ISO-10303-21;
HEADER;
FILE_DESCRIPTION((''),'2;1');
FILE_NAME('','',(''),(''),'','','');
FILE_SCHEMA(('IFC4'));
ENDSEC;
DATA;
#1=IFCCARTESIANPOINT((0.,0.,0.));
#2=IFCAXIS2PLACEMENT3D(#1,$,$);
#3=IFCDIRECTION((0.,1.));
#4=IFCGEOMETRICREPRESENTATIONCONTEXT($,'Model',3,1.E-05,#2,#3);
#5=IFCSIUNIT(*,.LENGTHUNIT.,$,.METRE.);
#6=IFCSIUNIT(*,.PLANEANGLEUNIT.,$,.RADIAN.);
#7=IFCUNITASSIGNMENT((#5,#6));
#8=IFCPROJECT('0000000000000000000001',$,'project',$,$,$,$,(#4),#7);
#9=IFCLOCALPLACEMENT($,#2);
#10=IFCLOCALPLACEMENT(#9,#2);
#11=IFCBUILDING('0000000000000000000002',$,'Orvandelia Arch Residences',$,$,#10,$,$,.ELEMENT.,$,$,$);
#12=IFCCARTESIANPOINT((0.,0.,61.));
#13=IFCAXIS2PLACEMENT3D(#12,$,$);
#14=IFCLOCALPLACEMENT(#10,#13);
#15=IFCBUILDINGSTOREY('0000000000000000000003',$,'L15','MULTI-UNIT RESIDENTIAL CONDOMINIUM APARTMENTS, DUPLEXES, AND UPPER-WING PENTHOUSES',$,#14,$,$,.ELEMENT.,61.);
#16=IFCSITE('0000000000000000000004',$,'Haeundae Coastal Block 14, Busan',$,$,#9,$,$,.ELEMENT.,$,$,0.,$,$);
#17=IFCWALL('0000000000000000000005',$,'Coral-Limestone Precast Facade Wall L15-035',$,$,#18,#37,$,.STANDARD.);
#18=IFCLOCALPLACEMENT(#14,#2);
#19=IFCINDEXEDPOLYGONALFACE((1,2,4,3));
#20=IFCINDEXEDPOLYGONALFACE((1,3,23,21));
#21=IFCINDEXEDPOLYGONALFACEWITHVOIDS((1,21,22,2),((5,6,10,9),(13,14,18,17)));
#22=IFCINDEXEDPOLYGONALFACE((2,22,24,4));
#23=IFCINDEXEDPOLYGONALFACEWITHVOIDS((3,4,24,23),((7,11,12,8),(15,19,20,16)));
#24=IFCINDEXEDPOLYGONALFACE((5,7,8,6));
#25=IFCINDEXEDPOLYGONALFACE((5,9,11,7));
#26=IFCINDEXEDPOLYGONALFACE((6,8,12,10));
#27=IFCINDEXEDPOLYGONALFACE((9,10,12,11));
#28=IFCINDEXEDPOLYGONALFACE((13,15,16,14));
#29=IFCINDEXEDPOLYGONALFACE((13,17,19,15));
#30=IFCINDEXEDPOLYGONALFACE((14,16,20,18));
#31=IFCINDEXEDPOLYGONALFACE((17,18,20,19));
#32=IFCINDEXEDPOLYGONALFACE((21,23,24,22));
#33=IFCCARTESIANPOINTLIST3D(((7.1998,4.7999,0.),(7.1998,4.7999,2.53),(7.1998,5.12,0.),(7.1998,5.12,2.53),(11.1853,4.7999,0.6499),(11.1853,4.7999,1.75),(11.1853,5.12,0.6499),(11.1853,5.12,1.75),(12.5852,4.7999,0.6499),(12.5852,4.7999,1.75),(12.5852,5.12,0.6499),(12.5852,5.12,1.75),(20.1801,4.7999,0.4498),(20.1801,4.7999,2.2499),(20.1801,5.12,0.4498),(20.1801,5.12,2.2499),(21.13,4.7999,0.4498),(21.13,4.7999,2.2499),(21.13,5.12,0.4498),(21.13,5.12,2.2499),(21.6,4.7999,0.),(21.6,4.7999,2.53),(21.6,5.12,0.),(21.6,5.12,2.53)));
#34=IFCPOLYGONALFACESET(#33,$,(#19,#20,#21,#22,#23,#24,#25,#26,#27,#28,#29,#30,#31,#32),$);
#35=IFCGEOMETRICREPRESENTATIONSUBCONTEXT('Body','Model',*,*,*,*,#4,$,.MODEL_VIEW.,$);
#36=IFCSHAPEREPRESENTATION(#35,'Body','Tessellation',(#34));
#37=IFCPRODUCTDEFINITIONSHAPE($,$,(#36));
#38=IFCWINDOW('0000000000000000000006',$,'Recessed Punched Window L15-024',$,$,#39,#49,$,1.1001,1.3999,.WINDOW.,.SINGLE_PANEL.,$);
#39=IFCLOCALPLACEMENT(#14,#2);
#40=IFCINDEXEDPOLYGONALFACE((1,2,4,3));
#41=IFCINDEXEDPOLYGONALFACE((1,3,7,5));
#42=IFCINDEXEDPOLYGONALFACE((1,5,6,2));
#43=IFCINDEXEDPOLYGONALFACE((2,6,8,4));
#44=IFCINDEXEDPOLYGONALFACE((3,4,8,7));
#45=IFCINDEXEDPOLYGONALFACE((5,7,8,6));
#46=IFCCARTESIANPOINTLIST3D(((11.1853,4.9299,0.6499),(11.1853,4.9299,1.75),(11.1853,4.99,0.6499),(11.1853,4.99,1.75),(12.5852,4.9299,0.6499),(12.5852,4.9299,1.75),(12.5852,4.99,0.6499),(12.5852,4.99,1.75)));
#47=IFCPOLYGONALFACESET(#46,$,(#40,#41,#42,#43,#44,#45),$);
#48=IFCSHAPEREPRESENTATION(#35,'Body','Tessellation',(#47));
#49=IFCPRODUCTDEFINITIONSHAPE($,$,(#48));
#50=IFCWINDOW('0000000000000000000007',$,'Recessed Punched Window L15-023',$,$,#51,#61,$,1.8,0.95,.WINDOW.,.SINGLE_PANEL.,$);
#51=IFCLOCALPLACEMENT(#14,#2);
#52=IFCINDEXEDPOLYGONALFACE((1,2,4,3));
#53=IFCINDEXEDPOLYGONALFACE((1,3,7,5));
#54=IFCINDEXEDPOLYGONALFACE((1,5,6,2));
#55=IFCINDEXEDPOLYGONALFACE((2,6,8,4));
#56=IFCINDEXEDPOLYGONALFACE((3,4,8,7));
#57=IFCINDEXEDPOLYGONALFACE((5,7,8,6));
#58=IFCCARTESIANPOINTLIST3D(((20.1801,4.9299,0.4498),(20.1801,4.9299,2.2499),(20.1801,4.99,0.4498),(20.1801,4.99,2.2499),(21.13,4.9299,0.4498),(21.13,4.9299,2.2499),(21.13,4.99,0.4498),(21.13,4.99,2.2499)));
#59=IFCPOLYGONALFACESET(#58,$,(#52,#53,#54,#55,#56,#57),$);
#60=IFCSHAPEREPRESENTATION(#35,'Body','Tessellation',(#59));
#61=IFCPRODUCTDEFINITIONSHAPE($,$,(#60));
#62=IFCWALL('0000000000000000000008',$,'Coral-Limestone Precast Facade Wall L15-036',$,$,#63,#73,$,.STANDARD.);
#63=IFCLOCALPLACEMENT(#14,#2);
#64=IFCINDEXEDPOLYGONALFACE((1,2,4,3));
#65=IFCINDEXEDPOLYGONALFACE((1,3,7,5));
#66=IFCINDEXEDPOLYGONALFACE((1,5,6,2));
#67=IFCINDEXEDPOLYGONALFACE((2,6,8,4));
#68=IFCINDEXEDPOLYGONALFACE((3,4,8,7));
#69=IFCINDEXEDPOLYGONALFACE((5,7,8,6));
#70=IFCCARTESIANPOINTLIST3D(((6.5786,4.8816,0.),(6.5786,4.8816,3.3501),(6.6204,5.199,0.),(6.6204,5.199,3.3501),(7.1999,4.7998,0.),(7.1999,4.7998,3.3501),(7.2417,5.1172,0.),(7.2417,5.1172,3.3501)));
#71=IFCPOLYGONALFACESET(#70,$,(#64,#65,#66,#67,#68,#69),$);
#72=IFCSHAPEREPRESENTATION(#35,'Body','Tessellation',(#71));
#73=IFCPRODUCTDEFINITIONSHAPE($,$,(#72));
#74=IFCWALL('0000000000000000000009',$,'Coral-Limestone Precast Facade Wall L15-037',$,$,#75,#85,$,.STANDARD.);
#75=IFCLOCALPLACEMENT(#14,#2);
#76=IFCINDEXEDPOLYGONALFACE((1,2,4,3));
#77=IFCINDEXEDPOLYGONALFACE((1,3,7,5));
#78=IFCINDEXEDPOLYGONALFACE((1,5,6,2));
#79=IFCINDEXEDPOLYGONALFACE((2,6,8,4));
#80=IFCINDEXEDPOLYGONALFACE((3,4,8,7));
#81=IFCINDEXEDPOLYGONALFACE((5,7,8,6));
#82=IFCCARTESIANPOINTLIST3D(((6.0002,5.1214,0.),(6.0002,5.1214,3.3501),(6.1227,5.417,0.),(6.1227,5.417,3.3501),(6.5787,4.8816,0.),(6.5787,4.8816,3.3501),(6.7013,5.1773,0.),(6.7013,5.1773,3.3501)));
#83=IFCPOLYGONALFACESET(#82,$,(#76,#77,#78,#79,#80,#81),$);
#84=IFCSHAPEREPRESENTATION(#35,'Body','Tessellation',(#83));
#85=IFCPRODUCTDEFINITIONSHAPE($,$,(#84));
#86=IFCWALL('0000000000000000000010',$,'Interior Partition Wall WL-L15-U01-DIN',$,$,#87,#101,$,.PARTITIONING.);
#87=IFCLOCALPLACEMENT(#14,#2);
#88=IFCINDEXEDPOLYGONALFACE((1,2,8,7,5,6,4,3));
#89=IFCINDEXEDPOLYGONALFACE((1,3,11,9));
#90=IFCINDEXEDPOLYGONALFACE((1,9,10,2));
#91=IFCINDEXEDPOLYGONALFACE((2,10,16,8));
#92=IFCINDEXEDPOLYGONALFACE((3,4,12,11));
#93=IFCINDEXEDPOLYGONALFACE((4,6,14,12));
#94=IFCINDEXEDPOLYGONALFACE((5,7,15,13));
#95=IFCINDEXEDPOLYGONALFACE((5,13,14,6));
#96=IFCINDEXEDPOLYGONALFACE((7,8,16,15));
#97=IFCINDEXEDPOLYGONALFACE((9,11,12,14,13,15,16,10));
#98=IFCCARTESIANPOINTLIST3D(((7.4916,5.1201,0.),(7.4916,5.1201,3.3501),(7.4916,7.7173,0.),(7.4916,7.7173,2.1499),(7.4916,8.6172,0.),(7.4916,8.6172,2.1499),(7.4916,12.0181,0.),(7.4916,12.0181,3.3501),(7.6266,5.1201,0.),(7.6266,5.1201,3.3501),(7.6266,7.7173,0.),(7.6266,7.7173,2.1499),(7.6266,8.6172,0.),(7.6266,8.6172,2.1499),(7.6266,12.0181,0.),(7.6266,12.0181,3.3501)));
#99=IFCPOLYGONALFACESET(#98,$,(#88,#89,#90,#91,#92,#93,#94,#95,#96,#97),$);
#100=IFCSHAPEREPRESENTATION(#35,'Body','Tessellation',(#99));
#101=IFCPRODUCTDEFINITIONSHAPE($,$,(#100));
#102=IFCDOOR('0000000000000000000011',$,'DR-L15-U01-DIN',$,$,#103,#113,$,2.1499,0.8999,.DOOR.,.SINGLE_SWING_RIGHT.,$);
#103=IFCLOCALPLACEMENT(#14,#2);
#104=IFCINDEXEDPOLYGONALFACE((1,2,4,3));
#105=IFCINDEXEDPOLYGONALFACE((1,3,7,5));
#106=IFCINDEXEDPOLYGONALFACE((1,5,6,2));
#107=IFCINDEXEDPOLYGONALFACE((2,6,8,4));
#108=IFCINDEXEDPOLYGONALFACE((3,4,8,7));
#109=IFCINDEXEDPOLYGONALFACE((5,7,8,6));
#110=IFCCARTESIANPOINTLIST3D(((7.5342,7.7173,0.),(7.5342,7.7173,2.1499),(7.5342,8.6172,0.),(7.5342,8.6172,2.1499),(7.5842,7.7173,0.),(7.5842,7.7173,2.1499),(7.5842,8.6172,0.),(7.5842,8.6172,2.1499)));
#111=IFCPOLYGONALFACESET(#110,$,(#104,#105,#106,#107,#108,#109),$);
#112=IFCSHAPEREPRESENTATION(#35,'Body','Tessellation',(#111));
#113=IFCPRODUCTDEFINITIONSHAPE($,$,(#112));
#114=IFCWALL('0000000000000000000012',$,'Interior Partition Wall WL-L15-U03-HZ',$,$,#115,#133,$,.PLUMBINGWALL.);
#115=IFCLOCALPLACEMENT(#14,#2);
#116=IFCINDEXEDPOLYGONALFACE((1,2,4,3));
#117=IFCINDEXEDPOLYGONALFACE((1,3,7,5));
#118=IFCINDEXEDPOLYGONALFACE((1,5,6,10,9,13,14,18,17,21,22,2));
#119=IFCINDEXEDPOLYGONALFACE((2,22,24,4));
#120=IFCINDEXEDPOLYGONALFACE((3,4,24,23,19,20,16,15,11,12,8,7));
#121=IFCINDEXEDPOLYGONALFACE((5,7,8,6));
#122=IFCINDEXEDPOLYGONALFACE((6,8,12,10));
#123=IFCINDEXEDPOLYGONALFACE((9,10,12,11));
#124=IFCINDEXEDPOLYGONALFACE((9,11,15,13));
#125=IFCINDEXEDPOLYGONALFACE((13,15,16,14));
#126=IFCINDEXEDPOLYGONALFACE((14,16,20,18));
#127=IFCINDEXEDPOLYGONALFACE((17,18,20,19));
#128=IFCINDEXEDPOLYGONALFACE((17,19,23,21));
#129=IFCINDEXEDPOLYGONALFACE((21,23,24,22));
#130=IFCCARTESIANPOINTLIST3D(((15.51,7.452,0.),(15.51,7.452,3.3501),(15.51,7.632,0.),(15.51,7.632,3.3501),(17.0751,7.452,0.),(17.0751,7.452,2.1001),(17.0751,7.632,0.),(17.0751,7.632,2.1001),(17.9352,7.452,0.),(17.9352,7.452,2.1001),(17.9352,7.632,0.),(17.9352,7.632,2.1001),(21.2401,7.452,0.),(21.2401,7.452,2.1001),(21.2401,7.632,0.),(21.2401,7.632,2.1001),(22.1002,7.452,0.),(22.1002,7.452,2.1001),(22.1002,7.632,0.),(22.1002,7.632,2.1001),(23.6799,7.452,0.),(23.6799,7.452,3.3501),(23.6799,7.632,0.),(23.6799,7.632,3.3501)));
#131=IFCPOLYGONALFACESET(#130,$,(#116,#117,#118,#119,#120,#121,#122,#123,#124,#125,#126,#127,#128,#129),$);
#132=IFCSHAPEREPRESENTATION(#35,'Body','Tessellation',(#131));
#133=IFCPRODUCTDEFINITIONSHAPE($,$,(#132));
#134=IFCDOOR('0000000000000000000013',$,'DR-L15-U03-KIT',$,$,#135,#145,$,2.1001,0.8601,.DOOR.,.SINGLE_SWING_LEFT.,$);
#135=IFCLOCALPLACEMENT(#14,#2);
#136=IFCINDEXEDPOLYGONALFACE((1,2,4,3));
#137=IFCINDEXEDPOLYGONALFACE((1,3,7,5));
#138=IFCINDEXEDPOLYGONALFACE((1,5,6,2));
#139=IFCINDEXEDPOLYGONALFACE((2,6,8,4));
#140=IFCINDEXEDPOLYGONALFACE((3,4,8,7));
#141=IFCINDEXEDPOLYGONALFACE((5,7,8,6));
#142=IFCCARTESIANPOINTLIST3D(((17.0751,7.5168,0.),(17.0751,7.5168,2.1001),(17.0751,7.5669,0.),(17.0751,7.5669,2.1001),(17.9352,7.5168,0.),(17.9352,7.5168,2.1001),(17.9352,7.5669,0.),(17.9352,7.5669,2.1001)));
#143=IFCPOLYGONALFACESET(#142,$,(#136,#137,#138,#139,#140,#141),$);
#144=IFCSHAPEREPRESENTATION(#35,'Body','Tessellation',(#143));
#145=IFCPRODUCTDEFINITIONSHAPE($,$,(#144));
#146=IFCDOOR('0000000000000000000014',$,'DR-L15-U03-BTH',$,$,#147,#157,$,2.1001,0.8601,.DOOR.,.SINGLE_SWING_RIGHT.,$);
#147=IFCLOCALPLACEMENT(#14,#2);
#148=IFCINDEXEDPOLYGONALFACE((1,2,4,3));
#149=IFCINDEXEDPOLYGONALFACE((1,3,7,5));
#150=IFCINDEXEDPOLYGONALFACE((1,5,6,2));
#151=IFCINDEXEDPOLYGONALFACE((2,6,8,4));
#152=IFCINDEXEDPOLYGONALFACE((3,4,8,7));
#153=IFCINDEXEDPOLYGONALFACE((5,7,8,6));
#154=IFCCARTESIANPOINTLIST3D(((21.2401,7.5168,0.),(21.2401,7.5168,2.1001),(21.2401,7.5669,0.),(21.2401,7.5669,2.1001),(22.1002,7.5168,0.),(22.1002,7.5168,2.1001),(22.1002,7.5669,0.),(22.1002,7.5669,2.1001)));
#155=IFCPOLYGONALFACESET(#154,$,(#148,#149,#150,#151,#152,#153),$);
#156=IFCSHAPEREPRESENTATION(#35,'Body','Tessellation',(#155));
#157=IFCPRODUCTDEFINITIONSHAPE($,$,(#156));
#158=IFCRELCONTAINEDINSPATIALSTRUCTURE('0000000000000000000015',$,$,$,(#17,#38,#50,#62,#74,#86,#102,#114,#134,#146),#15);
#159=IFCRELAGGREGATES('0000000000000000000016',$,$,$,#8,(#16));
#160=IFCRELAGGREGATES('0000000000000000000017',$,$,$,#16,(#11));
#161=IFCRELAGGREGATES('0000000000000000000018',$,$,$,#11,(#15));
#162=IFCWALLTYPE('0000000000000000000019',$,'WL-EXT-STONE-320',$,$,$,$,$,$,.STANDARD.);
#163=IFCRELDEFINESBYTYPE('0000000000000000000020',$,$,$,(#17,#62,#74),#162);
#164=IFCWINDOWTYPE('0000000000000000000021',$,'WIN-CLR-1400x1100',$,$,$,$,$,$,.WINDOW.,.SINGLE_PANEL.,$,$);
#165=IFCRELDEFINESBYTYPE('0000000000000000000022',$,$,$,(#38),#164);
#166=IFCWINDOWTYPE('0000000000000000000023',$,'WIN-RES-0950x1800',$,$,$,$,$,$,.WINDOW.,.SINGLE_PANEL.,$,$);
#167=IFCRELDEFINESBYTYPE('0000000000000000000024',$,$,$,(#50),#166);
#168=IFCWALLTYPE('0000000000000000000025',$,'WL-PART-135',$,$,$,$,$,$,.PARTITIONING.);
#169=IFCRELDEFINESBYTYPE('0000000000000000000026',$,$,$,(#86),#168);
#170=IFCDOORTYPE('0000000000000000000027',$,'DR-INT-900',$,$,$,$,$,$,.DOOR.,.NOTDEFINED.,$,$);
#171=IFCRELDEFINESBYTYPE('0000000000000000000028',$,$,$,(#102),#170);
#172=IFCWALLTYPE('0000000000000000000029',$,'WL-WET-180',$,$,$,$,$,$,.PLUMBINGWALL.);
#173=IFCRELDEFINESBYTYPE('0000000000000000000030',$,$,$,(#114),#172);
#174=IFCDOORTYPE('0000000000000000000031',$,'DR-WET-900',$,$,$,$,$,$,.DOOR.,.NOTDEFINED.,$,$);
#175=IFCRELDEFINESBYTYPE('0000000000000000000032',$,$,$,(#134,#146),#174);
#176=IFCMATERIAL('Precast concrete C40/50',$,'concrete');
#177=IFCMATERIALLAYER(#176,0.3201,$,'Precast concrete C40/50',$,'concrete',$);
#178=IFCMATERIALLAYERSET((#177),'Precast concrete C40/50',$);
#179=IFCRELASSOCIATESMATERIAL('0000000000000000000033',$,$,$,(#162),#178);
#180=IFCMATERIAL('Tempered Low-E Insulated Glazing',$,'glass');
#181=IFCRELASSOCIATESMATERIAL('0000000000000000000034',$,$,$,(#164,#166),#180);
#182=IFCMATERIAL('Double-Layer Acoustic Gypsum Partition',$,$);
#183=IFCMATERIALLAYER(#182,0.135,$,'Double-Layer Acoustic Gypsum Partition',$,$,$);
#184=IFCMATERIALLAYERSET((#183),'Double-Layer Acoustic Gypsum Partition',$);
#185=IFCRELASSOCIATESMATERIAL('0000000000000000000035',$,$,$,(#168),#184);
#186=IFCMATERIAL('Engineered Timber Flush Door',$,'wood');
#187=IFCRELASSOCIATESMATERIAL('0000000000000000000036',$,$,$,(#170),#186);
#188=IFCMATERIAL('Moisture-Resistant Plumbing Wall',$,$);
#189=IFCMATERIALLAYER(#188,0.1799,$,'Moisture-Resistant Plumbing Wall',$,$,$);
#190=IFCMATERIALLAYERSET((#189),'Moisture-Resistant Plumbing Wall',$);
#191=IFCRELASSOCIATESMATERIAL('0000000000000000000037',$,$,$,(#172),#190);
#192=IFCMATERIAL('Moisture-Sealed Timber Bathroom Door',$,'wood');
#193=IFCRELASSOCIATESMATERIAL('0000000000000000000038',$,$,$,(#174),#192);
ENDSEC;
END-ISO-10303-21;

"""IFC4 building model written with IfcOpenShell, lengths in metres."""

from ifc_helpers import new_model, si_unit, direction, frame, frame_2d, origin, place, context, subcontext, project, spatial, rectangle, extrude, material, layer, layer_set, type_object, element, fill, save


model = new_model("IFC4")

# Units and contexts
model_context = context("Model", 3, precision=1e-05, world=origin(), true_north=direction((0.0, 1.0)))
body_context = subcontext(model_context, "Body", "Model", "MODEL_VIEW")
ifc_project = project(units=[si_unit("LENGTHUNIT", "METRE"), si_unit("PLANEANGLEUNIT", "RADIAN")], contexts=[model_context])

# Site, building, storey
site_placement = place(None, origin())
site = spatial("IfcSite", under=ifc_project, at=site_placement, Name="Haeundae Coastal Block 14, Busan", CompositionType="ELEMENT", RefElevation=0.0)
building_placement = place(site_placement, origin())
building = spatial("IfcBuilding", under=site, at=building_placement, Name="Orvandelia Arch Residences", CompositionType="ELEMENT")
storey_placement = place(building_placement, frame((0.0, 0.0, 61.0)))
storey = spatial("IfcBuildingStorey", under=building, at=storey_placement, Name="L15", Description="MULTI-UNIT RESIDENTIAL CONDOMINIUM APARTMENTS, DUPLEXES, AND UPPER-WING PENTHOUSES", CompositionType="ELEMENT", Elevation=61.0)

# Shared definitions
ifc_material_1 = material(Name="Precast concrete C40/50", Category="concrete")
ifc_layer_1 = layer(ifc_material_1, 0.3201, Name="Precast concrete C40/50", Category="concrete")
ifc_layer_set_1 = layer_set([ifc_layer_1], Name="Precast concrete C40/50")
wall_type_1 = type_object("IfcWallType", Name="WL-EXT-STONE-320", PredefinedType="STANDARD", material=ifc_layer_set_1)

# Wall, openings, windows
wall_1_placement = place(storey_placement, frame((21.6001, 4.96, 0.0), z_axis=(0.0, 0.0, 1.0), x_axis=(-1.0, 0.0, 0.0)))
wall_1 = element("IfcWall", 1, at=wall_1_placement, inside=storey, type_object=wall_type_1, Name="Coral-Limestone Precast Facade Wall L15-035", PredefinedType="STANDARD", context=body_context, shape_type="SweptSolid", body=[
    extrude(rectangle(XDim=14.4001, YDim=0.3201, at=frame_2d((7.2002, 0.0))), origin(), (0.0, 0.0, 1.0), 2.53),
])
opening_1_placement = place(wall_1_placement, frame((0.47, 0.0, 0.45)))
opening_1 = element("IfcOpeningElement", 2, at=opening_1_placement, cuts=wall_1, PredefinedType="OPENING", context=body_context, shape_type="SweptSolid", body=[
    extrude(rectangle(XDim=0.95, YDim=1.8, at=frame_2d((0.4751, 0.8999))), frame((0.0, 0.1699, 0.0), z_axis=(0.0, -1.0, 0.0), x_axis=(1.0, 0.0, 0.0)), (0.0, 0.0, 1.0), 0.3401),
])
opening_2_placement = place(wall_1_placement, frame((9.0149, 0.0, 0.6499)))
opening_2 = element("IfcOpeningElement", 3, at=opening_2_placement, cuts=wall_1, PredefinedType="OPENING", context=body_context, shape_type="SweptSolid", body=[
    extrude(rectangle(XDim=1.3999, YDim=1.1001, at=frame_2d((0.7, 0.55))), frame((0.0, 0.1699, 0.0), z_axis=(0.0, -1.0, 0.0), x_axis=(1.0, 0.0, 0.0)), (0.0, 0.0, 1.0), 0.3401),
])
ifc_material_2 = material(Name="Tempered Low-E Insulated Glazing", Category="glass")
window_type_1 = type_object("IfcWindowType", Name="WIN-CLR-1400x1100", PartitioningType="SINGLE_PANEL", PredefinedType="WINDOW", material=ifc_material_2)
window_1_placement = place(opening_2_placement, origin())
window_1 = element("IfcWindow", 4, at=window_1_placement, inside=storey, type_object=window_type_1, Name="Recessed Punched Window L15-024", OverallHeight=1.1001, OverallWidth=1.3999, PartitioningType="SINGLE_PANEL", PredefinedType="WINDOW", context=body_context, shape_type="SweptSolid", body=[
    extrude(rectangle(XDim=1.3999, YDim=1.1001, at=frame_2d((0.7, 0.55))), frame((0.0, 0.03, 0.0), z_axis=(0.0, -1.0, 0.0), x_axis=(1.0, 0.0, 0.0)), (0.0, 0.0, 1.0), 0.0601),
])
fill(opening_2, window_1)
window_type_2 = type_object("IfcWindowType", Name="WIN-RES-0950x1800", PartitioningType="SINGLE_PANEL", PredefinedType="WINDOW", material=ifc_material_2)
window_2_placement = place(opening_1_placement, origin())
window_2 = element("IfcWindow", 5, at=window_2_placement, inside=storey, type_object=window_type_2, Name="Recessed Punched Window L15-023", OverallHeight=1.8, OverallWidth=0.95, PartitioningType="SINGLE_PANEL", PredefinedType="WINDOW", context=body_context, shape_type="SweptSolid", body=[
    extrude(rectangle(XDim=0.95, YDim=1.8, at=frame_2d((0.4751, 0.8999))), frame((0.0, 0.03, 0.0), z_axis=(0.0, -1.0, 0.0), x_axis=(1.0, 0.0, 0.0)), (0.0, 0.0, 1.0), 0.0601),
])
fill(opening_1, window_2)

# Walls
wall_2_placement = place(storey_placement, frame((7.2209, 4.9585, 0.0), z_axis=(0.0, 0.0, 1.0), x_axis=(-0.991448, 0.130505, 0.0)))
element("IfcWall", 6, at=wall_2_placement, inside=storey, type_object=wall_type_1, Name="Coral-Limestone Precast Facade Wall L15-036", PredefinedType="STANDARD", context=body_context, shape_type="SweptSolid", body=[
    extrude(rectangle(XDim=0.6267, YDim=0.3201, at=frame_2d((0.3135, 0.0))), origin(), (0.0, 0.0, 1.0), 3.3501),
])
wall_3_placement = place(storey_placement, frame((6.6399, 5.0295, 0.0), z_axis=(0.0, 0.0, 1.0), x_axis=(-0.923836, 0.382788, 0.0)))
element("IfcWall", 7, at=wall_3_placement, inside=storey, type_object=wall_type_1, Name="Coral-Limestone Precast Facade Wall L15-037", PredefinedType="STANDARD", context=body_context, shape_type="SweptSolid", body=[
    extrude(rectangle(XDim=0.6262, YDim=0.3201, at=frame_2d((0.313, 0.0))), origin(), (0.0, 0.0, 1.0), 3.3501),
])

# Wall, opening, door
ifc_material_3 = material(Name="Double-Layer Acoustic Gypsum Partition")
ifc_layer_2 = layer(ifc_material_3, 0.135, Name="Double-Layer Acoustic Gypsum Partition")
ifc_layer_set_2 = layer_set([ifc_layer_2], Name="Double-Layer Acoustic Gypsum Partition")
wall_type_2 = type_object("IfcWallType", Name="WL-PART-135", PredefinedType="PARTITIONING", material=ifc_layer_set_2)
wall_4_placement = place(storey_placement, frame((7.5591, 5.1201, 0.0), z_axis=(0.0, 0.0, 1.0), x_axis=(0.0, 1.0, 0.0)))
wall_4 = element("IfcWall", 8, at=wall_4_placement, inside=storey, type_object=wall_type_2, Name="Interior Partition Wall WL-L15-U01-DIN", PredefinedType="PARTITIONING", context=body_context, shape_type="SweptSolid", body=[
    extrude(rectangle(XDim=6.8979, YDim=0.135, at=frame_2d((3.449, 0.0))), origin(), (0.0, 0.0, 1.0), 3.3501),
])
opening_3_placement = place(wall_4_placement, frame((2.5972, 0.0, 0.0)))
opening_3 = element("IfcOpeningElement", 9, at=opening_3_placement, cuts=wall_4, PredefinedType="OPENING", context=body_context, shape_type="SweptSolid", body=[
    extrude(rectangle(XDim=0.8999, YDim=2.1499, at=frame_2d((0.45, 1.075))), frame((0.0, 0.0776, 0.0), z_axis=(0.0, -1.0, 0.0), x_axis=(1.0, 0.0, 0.0)), (0.0, 0.0, 1.0), 0.155),
])
ifc_material_4 = material(Name="Engineered Timber Flush Door", Category="wood")
door_type_1 = type_object("IfcDoorType", Name="DR-INT-900", OperationType="NOTDEFINED", PredefinedType="DOOR", material=ifc_material_4)
door_1_placement = place(opening_3_placement, origin())
door_1 = element("IfcDoor", 10, at=door_1_placement, inside=storey, type_object=door_type_1, Name="DR-L15-U01-DIN", OperationType="SINGLE_SWING_RIGHT", OverallHeight=2.1499, OverallWidth=0.8999, PredefinedType="DOOR", context=body_context, shape_type="SweptSolid", body=[
    extrude(rectangle(XDim=0.8999, YDim=2.1499, at=frame_2d((0.45, 1.075))), frame((0.0, 0.0249, 0.0), z_axis=(0.0, -1.0, 0.0), x_axis=(1.0, 0.0, 0.0)), (0.0, 0.0, 1.0), 0.05),
])
fill(opening_3, door_1)

# Wall, openings, doors
ifc_material_5 = material(Name="Moisture-Resistant Plumbing Wall")
ifc_layer_3 = layer(ifc_material_5, 0.1799, Name="Moisture-Resistant Plumbing Wall")
ifc_layer_set_3 = layer_set([ifc_layer_3], Name="Moisture-Resistant Plumbing Wall")
wall_type_3 = type_object("IfcWallType", Name="WL-WET-180", PredefinedType="PLUMBINGWALL", material=ifc_layer_set_3)
wall_5_placement = place(storey_placement, frame((15.51, 7.542, 0.0), z_axis=(0.0, 0.0, 1.0), x_axis=(1.0, 0.0, 0.0)))
wall_5 = element("IfcWall", 11, at=wall_5_placement, inside=storey, type_object=wall_type_3, Name="Interior Partition Wall WL-L15-U03-HZ", PredefinedType="PLUMBINGWALL", context=body_context, shape_type="SweptSolid", body=[
    extrude(rectangle(XDim=8.1699, YDim=0.1799, at=frame_2d((4.085, 0.0))), origin(), (0.0, 0.0, 1.0), 3.3501),
])
opening_4_placement = place(wall_5_placement, frame((1.5649, 0.0, 0.0)))
opening_4 = element("IfcOpeningElement", 12, at=opening_4_placement, cuts=wall_5, PredefinedType="OPENING", context=body_context, shape_type="SweptSolid", body=[
    extrude(rectangle(XDim=0.8601, YDim=2.1001, at=frame_2d((0.4302, 1.05))), frame((0.0, 0.1001, 0.0), z_axis=(0.0, -1.0, 0.0), x_axis=(1.0, 0.0, 0.0)), (0.0, 0.0, 1.0), 0.2),
])
opening_5_placement = place(wall_5_placement, frame((5.73, 0.0, 0.0)))
opening_5 = element("IfcOpeningElement", 13, at=opening_5_placement, cuts=wall_5, PredefinedType="OPENING", context=body_context, shape_type="SweptSolid", body=[
    extrude(rectangle(XDim=0.8601, YDim=2.1001, at=frame_2d((0.4302, 1.05))), frame((0.0, 0.1001, 0.0), z_axis=(0.0, -1.0, 0.0), x_axis=(1.0, 0.0, 0.0)), (0.0, 0.0, 1.0), 0.2),
])
ifc_material_6 = material(Name="Moisture-Sealed Timber Bathroom Door", Category="wood")
door_type_2 = type_object("IfcDoorType", Name="DR-WET-900", OperationType="NOTDEFINED", PredefinedType="DOOR", material=ifc_material_6)
door_2_placement = place(opening_4_placement, origin())
door_2 = element("IfcDoor", 14, at=door_2_placement, inside=storey, type_object=door_type_2, Name="DR-L15-U03-KIT", OperationType="SINGLE_SWING_LEFT", OverallHeight=2.1001, OverallWidth=0.8601, PredefinedType="DOOR", context=body_context, shape_type="SweptSolid", body=[
    extrude(rectangle(XDim=0.8601, YDim=2.1001, at=frame_2d((0.4302, 1.05))), frame((0.0, 0.0249, 0.0), z_axis=(0.0, -1.0, 0.0), x_axis=(1.0, 0.0, 0.0)), (0.0, 0.0, 1.0), 0.05),
])
fill(opening_4, door_2)
door_3_placement = place(opening_5_placement, origin())
door_3 = element("IfcDoor", 15, at=door_3_placement, inside=storey, type_object=door_type_2, Name="DR-L15-U03-BTH", OperationType="SINGLE_SWING_RIGHT", OverallHeight=2.1001, OverallWidth=0.8601, PredefinedType="DOOR", context=body_context, shape_type="SweptSolid", body=[
    extrude(rectangle(XDim=0.8601, YDim=2.1001, at=frame_2d((0.4302, 1.05))), frame((0.0, 0.0249, 0.0), z_axis=(0.0, -1.0, 0.0), x_axis=(1.0, 0.0, 0.0)), (0.0, 0.0, 1.0), 0.05),
])
fill(opening_5, door_3)

save(model, "model.ifc")
